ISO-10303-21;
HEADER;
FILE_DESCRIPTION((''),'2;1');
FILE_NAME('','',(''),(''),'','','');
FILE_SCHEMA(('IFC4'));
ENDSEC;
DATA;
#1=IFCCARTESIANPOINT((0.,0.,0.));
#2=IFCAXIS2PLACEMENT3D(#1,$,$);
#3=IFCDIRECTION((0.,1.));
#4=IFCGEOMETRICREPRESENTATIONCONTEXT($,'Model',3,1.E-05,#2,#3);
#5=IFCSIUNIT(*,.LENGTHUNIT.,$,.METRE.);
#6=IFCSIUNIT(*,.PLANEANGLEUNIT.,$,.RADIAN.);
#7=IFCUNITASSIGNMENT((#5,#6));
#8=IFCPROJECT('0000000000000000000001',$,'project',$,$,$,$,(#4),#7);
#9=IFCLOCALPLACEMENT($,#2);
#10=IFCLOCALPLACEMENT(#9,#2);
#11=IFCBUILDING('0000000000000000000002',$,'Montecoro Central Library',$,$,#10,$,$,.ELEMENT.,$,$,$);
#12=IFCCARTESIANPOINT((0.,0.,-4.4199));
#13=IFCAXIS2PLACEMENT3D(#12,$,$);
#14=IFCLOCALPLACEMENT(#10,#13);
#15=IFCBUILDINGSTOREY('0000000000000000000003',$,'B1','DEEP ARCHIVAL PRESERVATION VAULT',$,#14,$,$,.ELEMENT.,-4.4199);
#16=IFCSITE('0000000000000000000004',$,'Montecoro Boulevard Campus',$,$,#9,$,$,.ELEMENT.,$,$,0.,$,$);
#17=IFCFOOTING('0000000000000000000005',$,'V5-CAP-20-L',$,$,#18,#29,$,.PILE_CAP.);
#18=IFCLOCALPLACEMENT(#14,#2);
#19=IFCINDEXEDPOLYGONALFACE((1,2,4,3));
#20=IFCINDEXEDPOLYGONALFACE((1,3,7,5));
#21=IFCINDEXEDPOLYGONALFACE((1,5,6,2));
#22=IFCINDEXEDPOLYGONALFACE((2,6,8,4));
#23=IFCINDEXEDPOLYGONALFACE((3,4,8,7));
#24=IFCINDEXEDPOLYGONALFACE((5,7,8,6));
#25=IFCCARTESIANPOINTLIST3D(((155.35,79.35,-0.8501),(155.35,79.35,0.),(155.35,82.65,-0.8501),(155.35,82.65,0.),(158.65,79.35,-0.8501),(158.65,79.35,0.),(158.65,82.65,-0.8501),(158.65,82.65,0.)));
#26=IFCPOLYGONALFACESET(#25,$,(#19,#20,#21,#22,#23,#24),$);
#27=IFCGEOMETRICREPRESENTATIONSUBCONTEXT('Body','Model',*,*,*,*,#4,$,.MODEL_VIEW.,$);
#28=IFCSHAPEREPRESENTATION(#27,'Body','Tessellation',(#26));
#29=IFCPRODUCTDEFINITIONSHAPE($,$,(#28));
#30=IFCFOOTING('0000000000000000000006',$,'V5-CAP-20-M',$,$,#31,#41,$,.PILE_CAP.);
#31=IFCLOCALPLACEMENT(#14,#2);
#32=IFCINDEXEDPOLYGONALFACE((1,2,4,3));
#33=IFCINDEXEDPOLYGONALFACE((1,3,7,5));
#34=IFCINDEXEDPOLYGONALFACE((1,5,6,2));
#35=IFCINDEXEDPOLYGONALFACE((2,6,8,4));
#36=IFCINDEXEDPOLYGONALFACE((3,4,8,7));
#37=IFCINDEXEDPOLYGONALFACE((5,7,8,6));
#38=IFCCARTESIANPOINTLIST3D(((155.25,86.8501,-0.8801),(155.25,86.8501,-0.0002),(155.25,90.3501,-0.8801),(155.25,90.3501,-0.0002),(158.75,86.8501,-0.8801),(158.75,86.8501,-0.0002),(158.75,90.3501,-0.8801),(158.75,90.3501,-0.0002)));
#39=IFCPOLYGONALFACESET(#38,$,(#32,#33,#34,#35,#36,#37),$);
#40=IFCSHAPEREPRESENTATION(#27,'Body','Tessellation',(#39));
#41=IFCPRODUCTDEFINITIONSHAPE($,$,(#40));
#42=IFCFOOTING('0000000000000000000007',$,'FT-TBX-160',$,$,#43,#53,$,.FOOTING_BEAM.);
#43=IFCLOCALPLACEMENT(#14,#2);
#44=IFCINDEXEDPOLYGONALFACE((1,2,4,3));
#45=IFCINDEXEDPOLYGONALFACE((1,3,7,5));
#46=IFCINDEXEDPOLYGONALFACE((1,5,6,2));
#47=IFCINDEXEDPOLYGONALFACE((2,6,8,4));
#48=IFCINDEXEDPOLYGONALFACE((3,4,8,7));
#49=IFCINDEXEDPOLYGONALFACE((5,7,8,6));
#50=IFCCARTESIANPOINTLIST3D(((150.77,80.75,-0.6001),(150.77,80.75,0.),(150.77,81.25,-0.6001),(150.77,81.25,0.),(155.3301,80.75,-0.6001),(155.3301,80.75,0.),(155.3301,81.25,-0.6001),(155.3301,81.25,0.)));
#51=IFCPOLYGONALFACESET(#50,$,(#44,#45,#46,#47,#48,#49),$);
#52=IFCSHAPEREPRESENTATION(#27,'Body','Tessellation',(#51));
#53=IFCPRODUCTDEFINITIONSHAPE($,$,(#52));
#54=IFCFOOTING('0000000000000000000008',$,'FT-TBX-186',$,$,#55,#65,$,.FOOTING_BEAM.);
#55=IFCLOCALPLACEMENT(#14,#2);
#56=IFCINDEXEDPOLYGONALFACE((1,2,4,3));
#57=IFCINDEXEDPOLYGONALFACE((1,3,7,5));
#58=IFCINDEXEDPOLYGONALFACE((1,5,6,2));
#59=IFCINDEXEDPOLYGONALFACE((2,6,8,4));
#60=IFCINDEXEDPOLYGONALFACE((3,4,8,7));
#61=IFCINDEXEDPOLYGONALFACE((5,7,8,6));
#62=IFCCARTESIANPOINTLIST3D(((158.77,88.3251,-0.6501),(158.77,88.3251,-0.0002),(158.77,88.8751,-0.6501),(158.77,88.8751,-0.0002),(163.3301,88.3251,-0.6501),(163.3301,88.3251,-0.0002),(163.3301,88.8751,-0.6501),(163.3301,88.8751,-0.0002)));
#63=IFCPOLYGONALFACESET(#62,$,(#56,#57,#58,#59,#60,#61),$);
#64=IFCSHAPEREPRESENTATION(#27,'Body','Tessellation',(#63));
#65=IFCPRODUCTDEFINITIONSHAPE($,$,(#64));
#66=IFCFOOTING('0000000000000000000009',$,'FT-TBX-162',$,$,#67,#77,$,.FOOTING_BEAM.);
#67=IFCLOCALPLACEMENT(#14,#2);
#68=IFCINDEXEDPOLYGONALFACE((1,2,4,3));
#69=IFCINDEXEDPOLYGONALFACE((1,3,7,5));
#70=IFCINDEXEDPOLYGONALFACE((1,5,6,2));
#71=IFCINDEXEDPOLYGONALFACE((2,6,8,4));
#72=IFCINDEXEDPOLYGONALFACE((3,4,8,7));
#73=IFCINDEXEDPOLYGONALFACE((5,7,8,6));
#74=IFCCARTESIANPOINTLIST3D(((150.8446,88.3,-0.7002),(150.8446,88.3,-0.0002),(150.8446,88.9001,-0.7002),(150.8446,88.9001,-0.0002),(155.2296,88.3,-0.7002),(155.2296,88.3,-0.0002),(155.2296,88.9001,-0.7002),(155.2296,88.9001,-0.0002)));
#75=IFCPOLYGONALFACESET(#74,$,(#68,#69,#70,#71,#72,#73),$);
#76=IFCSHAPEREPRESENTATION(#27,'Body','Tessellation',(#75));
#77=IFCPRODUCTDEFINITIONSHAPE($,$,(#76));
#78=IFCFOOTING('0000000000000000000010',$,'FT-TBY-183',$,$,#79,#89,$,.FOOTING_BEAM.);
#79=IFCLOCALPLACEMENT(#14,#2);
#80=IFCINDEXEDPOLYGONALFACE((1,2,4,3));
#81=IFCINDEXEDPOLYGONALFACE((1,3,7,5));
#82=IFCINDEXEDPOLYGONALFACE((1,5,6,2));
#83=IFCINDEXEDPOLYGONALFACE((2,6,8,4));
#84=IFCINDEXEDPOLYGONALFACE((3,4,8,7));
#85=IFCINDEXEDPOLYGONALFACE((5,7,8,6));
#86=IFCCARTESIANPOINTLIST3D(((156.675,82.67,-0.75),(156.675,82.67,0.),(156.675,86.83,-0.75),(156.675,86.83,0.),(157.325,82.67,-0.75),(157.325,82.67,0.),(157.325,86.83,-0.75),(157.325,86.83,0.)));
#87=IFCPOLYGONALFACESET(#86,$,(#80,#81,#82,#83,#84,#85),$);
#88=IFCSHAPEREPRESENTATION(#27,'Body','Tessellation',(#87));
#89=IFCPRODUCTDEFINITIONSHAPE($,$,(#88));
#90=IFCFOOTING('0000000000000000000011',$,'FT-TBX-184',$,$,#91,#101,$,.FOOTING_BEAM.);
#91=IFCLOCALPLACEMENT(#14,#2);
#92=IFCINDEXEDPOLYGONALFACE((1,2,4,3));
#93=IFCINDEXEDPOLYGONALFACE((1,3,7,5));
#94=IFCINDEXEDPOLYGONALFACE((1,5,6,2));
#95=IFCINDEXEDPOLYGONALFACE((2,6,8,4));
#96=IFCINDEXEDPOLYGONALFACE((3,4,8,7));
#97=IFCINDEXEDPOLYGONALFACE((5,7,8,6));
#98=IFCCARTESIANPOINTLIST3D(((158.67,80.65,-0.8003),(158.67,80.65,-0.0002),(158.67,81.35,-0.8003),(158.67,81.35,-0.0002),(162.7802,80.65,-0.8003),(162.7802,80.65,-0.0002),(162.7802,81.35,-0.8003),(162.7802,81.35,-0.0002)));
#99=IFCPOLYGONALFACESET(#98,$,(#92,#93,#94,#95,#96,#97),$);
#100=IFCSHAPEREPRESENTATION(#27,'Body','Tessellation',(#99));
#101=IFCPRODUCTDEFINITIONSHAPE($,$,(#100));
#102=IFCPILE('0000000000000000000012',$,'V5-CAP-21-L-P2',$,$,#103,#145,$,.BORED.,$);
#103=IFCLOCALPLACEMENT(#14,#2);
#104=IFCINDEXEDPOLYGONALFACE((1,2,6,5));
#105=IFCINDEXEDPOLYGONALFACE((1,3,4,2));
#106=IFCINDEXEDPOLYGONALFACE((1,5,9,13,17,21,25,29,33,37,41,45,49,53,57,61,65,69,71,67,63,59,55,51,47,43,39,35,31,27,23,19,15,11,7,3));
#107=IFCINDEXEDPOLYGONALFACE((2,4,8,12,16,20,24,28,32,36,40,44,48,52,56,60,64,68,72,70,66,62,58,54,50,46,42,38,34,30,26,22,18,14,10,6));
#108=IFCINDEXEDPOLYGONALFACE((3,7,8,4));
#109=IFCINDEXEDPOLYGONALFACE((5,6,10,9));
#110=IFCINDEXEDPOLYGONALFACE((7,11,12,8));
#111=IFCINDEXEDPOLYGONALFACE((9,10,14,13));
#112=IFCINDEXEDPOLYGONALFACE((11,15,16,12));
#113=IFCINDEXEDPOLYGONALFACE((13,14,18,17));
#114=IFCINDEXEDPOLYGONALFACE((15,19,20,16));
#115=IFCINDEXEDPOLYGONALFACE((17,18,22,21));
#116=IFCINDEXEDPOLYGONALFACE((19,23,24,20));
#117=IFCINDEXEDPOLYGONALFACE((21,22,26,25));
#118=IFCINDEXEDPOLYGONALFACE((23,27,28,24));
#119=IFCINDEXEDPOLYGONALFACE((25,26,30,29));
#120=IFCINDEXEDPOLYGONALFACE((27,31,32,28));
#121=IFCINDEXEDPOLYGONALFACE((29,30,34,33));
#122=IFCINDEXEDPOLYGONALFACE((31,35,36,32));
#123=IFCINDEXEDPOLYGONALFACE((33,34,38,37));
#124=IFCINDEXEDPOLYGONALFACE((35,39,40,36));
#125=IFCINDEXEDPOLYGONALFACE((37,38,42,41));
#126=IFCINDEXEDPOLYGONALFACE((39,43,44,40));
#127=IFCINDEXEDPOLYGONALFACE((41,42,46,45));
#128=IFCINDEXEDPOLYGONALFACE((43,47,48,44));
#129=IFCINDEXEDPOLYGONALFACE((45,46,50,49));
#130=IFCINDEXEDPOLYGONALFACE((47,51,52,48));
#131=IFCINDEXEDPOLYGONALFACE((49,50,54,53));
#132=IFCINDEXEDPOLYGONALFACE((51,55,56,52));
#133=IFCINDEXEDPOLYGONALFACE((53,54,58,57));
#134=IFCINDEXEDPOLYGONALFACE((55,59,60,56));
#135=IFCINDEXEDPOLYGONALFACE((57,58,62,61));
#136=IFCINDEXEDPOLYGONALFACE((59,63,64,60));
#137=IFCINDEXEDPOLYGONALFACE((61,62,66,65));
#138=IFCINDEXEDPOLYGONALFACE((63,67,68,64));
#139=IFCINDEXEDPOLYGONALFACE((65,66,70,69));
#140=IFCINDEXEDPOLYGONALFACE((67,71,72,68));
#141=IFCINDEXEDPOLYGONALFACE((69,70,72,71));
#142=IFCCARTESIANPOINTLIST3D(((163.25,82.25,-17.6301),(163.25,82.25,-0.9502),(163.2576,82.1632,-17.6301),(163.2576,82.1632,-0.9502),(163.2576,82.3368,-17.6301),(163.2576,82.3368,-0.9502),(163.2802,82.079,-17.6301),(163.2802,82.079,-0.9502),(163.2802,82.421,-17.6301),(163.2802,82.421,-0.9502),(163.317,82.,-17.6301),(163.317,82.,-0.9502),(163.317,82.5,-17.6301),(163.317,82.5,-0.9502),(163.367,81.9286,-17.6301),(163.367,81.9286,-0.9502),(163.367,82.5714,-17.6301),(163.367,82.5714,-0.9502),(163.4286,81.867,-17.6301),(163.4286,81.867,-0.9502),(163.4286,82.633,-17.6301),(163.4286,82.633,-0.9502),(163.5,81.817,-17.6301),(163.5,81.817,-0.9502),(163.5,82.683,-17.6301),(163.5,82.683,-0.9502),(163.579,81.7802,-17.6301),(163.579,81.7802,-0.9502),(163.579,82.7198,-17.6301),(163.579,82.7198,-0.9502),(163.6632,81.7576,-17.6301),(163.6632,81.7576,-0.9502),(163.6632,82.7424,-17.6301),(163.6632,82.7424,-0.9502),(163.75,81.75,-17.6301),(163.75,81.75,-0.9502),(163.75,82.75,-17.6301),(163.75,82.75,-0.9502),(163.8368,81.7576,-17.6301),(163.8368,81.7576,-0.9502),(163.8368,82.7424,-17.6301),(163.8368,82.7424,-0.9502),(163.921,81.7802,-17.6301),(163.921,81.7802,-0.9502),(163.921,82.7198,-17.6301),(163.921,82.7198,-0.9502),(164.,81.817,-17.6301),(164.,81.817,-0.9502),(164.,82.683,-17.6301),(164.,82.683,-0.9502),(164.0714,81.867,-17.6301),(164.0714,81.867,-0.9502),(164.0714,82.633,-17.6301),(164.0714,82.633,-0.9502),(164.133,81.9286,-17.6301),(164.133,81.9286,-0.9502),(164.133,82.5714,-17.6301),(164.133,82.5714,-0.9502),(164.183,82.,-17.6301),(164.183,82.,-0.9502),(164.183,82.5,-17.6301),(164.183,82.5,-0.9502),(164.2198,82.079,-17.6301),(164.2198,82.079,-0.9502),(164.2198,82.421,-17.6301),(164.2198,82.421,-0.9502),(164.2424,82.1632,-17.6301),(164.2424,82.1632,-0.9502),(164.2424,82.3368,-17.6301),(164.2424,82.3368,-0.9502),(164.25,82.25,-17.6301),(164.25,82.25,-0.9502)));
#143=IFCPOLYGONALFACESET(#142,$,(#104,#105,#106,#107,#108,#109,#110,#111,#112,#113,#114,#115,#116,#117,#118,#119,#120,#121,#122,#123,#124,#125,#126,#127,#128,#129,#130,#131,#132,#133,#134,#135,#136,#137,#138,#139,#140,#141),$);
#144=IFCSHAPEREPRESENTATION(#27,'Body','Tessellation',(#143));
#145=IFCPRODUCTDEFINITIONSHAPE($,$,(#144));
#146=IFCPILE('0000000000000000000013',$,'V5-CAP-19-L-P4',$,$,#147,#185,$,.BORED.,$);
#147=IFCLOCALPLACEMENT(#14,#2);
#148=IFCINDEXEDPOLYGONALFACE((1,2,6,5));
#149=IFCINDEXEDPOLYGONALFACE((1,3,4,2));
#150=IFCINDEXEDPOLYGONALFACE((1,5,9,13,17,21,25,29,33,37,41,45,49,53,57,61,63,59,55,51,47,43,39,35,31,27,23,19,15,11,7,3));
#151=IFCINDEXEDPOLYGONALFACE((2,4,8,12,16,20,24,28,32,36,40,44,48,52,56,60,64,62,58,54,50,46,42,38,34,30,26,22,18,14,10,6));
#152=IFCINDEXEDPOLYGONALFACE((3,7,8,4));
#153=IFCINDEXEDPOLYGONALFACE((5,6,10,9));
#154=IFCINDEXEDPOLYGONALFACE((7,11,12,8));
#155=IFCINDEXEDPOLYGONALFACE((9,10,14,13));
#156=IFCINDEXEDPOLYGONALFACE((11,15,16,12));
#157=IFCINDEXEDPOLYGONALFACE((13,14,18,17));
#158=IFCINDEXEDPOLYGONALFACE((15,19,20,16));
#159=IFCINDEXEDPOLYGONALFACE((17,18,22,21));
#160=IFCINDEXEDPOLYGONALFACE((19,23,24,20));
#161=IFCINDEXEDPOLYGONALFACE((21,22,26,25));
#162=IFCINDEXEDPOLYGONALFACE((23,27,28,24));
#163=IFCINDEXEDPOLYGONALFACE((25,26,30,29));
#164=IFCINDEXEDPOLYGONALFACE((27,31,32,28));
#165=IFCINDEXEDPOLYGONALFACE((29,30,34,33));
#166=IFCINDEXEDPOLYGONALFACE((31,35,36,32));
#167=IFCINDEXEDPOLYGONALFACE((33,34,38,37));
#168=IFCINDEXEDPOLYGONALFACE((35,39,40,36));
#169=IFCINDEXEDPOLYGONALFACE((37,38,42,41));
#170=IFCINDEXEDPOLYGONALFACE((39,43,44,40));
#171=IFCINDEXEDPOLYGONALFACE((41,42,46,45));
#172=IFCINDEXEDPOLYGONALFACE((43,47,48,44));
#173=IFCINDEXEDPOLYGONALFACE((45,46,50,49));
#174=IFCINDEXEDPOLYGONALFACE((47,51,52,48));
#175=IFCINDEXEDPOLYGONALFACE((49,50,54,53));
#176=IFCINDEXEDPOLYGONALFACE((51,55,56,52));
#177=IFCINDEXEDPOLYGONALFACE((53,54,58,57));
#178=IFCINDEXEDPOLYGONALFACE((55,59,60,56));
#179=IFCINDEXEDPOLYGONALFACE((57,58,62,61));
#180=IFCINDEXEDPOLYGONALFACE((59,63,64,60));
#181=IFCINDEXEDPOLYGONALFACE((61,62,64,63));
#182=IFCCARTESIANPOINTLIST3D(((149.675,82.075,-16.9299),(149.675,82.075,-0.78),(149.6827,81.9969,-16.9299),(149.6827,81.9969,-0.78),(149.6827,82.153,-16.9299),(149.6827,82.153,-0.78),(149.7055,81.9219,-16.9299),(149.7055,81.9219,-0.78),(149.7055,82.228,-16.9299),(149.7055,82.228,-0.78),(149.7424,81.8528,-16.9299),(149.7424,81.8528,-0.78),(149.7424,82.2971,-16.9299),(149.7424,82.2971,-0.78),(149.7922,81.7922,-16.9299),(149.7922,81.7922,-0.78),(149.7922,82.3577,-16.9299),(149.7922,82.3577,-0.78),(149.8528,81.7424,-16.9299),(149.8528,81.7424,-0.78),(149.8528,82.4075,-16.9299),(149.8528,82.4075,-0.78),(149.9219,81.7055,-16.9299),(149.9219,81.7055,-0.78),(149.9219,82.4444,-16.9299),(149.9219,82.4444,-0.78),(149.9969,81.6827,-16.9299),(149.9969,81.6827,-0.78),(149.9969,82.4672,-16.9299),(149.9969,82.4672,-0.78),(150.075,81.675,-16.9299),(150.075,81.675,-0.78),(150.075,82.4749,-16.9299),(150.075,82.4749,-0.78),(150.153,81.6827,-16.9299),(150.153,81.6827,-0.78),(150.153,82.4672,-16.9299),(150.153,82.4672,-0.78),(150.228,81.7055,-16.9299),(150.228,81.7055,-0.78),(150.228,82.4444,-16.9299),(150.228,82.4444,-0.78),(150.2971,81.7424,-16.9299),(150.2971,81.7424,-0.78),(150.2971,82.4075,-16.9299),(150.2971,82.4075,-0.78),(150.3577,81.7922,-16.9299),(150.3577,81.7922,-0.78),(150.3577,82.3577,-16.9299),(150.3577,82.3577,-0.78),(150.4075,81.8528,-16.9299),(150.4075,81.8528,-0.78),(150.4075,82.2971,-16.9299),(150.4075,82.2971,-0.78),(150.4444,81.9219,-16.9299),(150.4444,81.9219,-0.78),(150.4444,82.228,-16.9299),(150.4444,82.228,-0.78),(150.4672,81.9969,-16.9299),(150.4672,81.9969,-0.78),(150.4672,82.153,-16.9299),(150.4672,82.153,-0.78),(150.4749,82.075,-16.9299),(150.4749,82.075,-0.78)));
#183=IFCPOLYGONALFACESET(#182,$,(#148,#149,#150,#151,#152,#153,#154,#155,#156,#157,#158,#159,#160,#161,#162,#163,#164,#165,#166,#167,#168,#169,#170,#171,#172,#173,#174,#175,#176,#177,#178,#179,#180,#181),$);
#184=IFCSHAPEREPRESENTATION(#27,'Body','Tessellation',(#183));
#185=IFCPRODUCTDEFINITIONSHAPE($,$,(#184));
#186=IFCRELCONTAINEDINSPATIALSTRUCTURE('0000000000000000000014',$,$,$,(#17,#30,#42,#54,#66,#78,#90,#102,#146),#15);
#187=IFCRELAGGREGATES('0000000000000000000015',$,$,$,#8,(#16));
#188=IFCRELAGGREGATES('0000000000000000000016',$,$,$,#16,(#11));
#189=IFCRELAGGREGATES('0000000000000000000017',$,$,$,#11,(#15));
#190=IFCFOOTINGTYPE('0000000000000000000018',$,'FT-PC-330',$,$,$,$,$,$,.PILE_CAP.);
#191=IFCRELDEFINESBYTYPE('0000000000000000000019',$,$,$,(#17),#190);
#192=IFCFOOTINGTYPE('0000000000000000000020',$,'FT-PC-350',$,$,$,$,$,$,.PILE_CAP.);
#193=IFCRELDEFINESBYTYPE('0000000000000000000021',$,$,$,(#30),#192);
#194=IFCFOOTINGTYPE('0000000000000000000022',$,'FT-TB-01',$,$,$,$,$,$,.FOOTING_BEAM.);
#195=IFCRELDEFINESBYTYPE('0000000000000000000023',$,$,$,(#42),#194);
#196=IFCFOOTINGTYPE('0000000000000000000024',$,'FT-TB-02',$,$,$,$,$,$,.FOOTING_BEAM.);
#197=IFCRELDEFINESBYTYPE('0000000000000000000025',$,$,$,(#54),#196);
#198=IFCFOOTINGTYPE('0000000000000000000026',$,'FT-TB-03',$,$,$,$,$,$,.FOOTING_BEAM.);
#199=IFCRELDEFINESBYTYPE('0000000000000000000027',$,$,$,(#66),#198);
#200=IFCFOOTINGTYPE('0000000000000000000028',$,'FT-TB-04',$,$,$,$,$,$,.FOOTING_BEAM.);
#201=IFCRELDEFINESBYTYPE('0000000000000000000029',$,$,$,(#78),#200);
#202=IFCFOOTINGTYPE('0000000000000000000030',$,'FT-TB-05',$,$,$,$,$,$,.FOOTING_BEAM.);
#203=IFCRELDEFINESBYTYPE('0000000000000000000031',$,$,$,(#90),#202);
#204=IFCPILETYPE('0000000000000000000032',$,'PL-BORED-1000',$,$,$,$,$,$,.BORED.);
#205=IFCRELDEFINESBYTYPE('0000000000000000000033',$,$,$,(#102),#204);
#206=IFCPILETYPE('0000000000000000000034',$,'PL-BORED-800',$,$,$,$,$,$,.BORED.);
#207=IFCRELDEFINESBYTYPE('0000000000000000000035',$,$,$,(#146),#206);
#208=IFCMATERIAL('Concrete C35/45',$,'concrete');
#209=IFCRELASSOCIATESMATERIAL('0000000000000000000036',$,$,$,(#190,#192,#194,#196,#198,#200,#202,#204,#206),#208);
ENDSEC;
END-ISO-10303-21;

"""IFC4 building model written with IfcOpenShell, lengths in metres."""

from ifc_helpers import new_model, si_unit, direction, frame, origin, origin_2d, place, context, subcontext, project, spatial, rectangle, circle, extrude, material, material_profile, profile_set, type_object, element, save


model = new_model("IFC4")

# Units and contexts
model_context = context("Model", 3, precision=1e-05, world=origin(), true_north=direction((0.0, 1.0)))
body_context = subcontext(model_context, "Body", "Model", "MODEL_VIEW")
ifc_project = project(units=[si_unit("LENGTHUNIT", "METRE"), si_unit("PLANEANGLEUNIT", "RADIAN")], contexts=[model_context])

# Site, building, storey
site_placement = place(None, origin())
site = spatial("IfcSite", under=ifc_project, at=site_placement, Name="Montecoro Boulevard Campus", CompositionType="ELEMENT", RefElevation=0.0)
building_placement = place(site_placement, origin())
building = spatial("IfcBuilding", under=site, at=building_placement, Name="Montecoro Central Library", CompositionType="ELEMENT")
storey_placement = place(building_placement, frame((0.0, 0.0, -4.4199)))
storey = spatial("IfcBuildingStorey", under=building, at=storey_placement, Name="B1", Description="DEEP ARCHIVAL PRESERVATION VAULT", CompositionType="ELEMENT", Elevation=-4.4199)

# Footings
ifc_material_1 = material(Name="Concrete C35/45", Category="concrete")
footing_type_1 = type_object("IfcFootingType", Name="FT-PC-330", PredefinedType="PILE_CAP", material=ifc_material_1)
footing_1_placement = place(storey_placement, frame((157.0, 81.0, -0.8501), z_axis=(0.0, 0.0, 1.0), x_axis=(1.0, 0.0, 0.0)))
element("IfcFooting", 1, at=footing_1_placement, inside=storey, type_object=footing_type_1, Name="V5-CAP-20-L", PredefinedType="PILE_CAP", context=body_context, shape_type="SweptSolid", body=[
    extrude(rectangle(XDim=3.3, YDim=3.3, at=origin_2d()), origin(), (0.0, 0.0, 1.0), 0.8501),
])
footing_type_2 = type_object("IfcFootingType", Name="FT-PC-350", PredefinedType="PILE_CAP", material=ifc_material_1)
footing_2_placement = place(storey_placement, frame((157.0, 88.6001, -0.8801), z_axis=(0.0, 0.0, 1.0), x_axis=(1.0, 0.0, 0.0)))
element("IfcFooting", 2, at=footing_2_placement, inside=storey, type_object=footing_type_2, Name="V5-CAP-20-M", PredefinedType="PILE_CAP", context=body_context, shape_type="SweptSolid", body=[
    extrude(rectangle(XDim=3.5, YDim=3.5, at=origin_2d()), origin(), (0.0, 0.0, 1.0), 0.8799),
])
footing_type_3 = type_object("IfcFootingType", Name="FT-TB-01", PredefinedType="FOOTING_BEAM", material=ifc_material_1)
footing_3_placement = place(storey_placement, frame((153.05, 81.0, -0.6001), z_axis=(0.0, 0.0, 1.0), x_axis=(1.0, 0.0, 0.0)))
element("IfcFooting", 3, at=footing_3_placement, inside=storey, type_object=footing_type_3, Name="FT-TBX-160", PredefinedType="FOOTING_BEAM", context=body_context, shape_type="SweptSolid", body=[
    extrude(rectangle(XDim=4.5601, YDim=0.5, at=origin_2d()), origin(), (0.0, 0.0, 1.0), 0.6001),
])
footing_type_4 = type_object("IfcFootingType", Name="FT-TB-02", PredefinedType="FOOTING_BEAM", material=ifc_material_1)
footing_4_placement = place(storey_placement, frame((161.05, 88.6001, -0.6501), z_axis=(0.0, 0.0, 1.0), x_axis=(1.0, 0.0, 0.0)))
element("IfcFooting", 4, at=footing_4_placement, inside=storey, type_object=footing_type_4, Name="FT-TBX-186", PredefinedType="FOOTING_BEAM", context=body_context, shape_type="SweptSolid", body=[
    extrude(rectangle(XDim=4.5601, YDim=0.55, at=origin_2d()), origin(), (0.0, 0.0, 1.0), 0.6499),
])
footing_type_5 = type_object("IfcFootingType", Name="FT-TB-03", PredefinedType="FOOTING_BEAM", material=ifc_material_1)
footing_5_placement = place(storey_placement, frame((153.0371, 88.6001, -0.7002), z_axis=(0.0, 0.0, 1.0), x_axis=(1.0, 0.0, 0.0)))
element("IfcFooting", 5, at=footing_5_placement, inside=storey, type_object=footing_type_5, Name="FT-TBX-162", PredefinedType="FOOTING_BEAM", context=body_context, shape_type="SweptSolid", body=[
    extrude(rectangle(XDim=4.385, YDim=0.6001, at=origin_2d()), origin(), (0.0, 0.0, 1.0), 0.7),
])
footing_type_6 = type_object("IfcFootingType", Name="FT-TB-04", PredefinedType="FOOTING_BEAM", material=ifc_material_1)
footing_6_placement = place(storey_placement, frame((157.0, 84.75, -0.75), z_axis=(0.0, 0.0, 1.0), x_axis=(1.0, 0.0, 0.0)))
element("IfcFooting", 6, at=footing_6_placement, inside=storey, type_object=footing_type_6, Name="FT-TBY-183", PredefinedType="FOOTING_BEAM", context=body_context, shape_type="SweptSolid", body=[
    extrude(rectangle(XDim=0.6499, YDim=4.1599, at=origin_2d()), origin(), (0.0, 0.0, 1.0), 0.75),
])
footing_type_7 = type_object("IfcFootingType", Name="FT-TB-05", PredefinedType="FOOTING_BEAM", material=ifc_material_1)
footing_7_placement = place(storey_placement, frame((160.7251, 81.0, -0.8003), z_axis=(0.0, 0.0, 1.0), x_axis=(1.0, 0.0, 0.0)))
element("IfcFooting", 7, at=footing_7_placement, inside=storey, type_object=footing_type_7, Name="FT-TBX-184", PredefinedType="FOOTING_BEAM", context=body_context, shape_type="SweptSolid", body=[
    extrude(rectangle(XDim=4.1101, YDim=0.7, at=origin_2d()), origin(), (0.0, 0.0, 1.0), 0.8),
])

# Piles
ifc_material_profile_1 = material_profile(ifc_material_1, circle(Radius=0.5, at=origin_2d()), Name="PILE D1000")
ifc_profile_set_1 = profile_set([ifc_material_profile_1], Name="Concrete C35/45")
pile_type_1 = type_object("IfcPileType", Name="PL-BORED-1000", PredefinedType="BORED", material=ifc_profile_set_1)
pile_1_placement = place(storey_placement, frame((163.75, 82.25, -0.9502), z_axis=(0.0, 0.0, -1.0), x_axis=(1.0, 0.0, 0.0)))
element("IfcPile", 8, at=pile_1_placement, inside=storey, type_object=pile_type_1, Name="V5-CAP-21-L-P2", PredefinedType="BORED", context=body_context, shape_type="SweptSolid", body=[
    extrude(circle(Radius=0.5, at=origin_2d()), origin(), (0.0, 0.0, 1.0), 16.6799),
])
ifc_material_profile_2 = material_profile(ifc_material_1, circle(Radius=0.3999, at=origin_2d()), Name="PILE D800")
ifc_profile_set_2 = profile_set([ifc_material_profile_2], Name="Concrete C35/45")
pile_type_2 = type_object("IfcPileType", Name="PL-BORED-800", PredefinedType="BORED", material=ifc_profile_set_2)
pile_2_placement = place(storey_placement, frame((150.075, 82.075, -0.78), z_axis=(0.0, 0.0, -1.0), x_axis=(1.0, 0.0, 0.0)))
element("IfcPile", 9, at=pile_2_placement, inside=storey, type_object=pile_type_2, Name="V5-CAP-19-L-P4", PredefinedType="BORED", context=body_context, shape_type="SweptSolid", body=[
    extrude(circle(Radius=0.3999, at=origin_2d()), origin(), (0.0, 0.0, 1.0), 16.1499),
])

save(model, "model.ifc")
